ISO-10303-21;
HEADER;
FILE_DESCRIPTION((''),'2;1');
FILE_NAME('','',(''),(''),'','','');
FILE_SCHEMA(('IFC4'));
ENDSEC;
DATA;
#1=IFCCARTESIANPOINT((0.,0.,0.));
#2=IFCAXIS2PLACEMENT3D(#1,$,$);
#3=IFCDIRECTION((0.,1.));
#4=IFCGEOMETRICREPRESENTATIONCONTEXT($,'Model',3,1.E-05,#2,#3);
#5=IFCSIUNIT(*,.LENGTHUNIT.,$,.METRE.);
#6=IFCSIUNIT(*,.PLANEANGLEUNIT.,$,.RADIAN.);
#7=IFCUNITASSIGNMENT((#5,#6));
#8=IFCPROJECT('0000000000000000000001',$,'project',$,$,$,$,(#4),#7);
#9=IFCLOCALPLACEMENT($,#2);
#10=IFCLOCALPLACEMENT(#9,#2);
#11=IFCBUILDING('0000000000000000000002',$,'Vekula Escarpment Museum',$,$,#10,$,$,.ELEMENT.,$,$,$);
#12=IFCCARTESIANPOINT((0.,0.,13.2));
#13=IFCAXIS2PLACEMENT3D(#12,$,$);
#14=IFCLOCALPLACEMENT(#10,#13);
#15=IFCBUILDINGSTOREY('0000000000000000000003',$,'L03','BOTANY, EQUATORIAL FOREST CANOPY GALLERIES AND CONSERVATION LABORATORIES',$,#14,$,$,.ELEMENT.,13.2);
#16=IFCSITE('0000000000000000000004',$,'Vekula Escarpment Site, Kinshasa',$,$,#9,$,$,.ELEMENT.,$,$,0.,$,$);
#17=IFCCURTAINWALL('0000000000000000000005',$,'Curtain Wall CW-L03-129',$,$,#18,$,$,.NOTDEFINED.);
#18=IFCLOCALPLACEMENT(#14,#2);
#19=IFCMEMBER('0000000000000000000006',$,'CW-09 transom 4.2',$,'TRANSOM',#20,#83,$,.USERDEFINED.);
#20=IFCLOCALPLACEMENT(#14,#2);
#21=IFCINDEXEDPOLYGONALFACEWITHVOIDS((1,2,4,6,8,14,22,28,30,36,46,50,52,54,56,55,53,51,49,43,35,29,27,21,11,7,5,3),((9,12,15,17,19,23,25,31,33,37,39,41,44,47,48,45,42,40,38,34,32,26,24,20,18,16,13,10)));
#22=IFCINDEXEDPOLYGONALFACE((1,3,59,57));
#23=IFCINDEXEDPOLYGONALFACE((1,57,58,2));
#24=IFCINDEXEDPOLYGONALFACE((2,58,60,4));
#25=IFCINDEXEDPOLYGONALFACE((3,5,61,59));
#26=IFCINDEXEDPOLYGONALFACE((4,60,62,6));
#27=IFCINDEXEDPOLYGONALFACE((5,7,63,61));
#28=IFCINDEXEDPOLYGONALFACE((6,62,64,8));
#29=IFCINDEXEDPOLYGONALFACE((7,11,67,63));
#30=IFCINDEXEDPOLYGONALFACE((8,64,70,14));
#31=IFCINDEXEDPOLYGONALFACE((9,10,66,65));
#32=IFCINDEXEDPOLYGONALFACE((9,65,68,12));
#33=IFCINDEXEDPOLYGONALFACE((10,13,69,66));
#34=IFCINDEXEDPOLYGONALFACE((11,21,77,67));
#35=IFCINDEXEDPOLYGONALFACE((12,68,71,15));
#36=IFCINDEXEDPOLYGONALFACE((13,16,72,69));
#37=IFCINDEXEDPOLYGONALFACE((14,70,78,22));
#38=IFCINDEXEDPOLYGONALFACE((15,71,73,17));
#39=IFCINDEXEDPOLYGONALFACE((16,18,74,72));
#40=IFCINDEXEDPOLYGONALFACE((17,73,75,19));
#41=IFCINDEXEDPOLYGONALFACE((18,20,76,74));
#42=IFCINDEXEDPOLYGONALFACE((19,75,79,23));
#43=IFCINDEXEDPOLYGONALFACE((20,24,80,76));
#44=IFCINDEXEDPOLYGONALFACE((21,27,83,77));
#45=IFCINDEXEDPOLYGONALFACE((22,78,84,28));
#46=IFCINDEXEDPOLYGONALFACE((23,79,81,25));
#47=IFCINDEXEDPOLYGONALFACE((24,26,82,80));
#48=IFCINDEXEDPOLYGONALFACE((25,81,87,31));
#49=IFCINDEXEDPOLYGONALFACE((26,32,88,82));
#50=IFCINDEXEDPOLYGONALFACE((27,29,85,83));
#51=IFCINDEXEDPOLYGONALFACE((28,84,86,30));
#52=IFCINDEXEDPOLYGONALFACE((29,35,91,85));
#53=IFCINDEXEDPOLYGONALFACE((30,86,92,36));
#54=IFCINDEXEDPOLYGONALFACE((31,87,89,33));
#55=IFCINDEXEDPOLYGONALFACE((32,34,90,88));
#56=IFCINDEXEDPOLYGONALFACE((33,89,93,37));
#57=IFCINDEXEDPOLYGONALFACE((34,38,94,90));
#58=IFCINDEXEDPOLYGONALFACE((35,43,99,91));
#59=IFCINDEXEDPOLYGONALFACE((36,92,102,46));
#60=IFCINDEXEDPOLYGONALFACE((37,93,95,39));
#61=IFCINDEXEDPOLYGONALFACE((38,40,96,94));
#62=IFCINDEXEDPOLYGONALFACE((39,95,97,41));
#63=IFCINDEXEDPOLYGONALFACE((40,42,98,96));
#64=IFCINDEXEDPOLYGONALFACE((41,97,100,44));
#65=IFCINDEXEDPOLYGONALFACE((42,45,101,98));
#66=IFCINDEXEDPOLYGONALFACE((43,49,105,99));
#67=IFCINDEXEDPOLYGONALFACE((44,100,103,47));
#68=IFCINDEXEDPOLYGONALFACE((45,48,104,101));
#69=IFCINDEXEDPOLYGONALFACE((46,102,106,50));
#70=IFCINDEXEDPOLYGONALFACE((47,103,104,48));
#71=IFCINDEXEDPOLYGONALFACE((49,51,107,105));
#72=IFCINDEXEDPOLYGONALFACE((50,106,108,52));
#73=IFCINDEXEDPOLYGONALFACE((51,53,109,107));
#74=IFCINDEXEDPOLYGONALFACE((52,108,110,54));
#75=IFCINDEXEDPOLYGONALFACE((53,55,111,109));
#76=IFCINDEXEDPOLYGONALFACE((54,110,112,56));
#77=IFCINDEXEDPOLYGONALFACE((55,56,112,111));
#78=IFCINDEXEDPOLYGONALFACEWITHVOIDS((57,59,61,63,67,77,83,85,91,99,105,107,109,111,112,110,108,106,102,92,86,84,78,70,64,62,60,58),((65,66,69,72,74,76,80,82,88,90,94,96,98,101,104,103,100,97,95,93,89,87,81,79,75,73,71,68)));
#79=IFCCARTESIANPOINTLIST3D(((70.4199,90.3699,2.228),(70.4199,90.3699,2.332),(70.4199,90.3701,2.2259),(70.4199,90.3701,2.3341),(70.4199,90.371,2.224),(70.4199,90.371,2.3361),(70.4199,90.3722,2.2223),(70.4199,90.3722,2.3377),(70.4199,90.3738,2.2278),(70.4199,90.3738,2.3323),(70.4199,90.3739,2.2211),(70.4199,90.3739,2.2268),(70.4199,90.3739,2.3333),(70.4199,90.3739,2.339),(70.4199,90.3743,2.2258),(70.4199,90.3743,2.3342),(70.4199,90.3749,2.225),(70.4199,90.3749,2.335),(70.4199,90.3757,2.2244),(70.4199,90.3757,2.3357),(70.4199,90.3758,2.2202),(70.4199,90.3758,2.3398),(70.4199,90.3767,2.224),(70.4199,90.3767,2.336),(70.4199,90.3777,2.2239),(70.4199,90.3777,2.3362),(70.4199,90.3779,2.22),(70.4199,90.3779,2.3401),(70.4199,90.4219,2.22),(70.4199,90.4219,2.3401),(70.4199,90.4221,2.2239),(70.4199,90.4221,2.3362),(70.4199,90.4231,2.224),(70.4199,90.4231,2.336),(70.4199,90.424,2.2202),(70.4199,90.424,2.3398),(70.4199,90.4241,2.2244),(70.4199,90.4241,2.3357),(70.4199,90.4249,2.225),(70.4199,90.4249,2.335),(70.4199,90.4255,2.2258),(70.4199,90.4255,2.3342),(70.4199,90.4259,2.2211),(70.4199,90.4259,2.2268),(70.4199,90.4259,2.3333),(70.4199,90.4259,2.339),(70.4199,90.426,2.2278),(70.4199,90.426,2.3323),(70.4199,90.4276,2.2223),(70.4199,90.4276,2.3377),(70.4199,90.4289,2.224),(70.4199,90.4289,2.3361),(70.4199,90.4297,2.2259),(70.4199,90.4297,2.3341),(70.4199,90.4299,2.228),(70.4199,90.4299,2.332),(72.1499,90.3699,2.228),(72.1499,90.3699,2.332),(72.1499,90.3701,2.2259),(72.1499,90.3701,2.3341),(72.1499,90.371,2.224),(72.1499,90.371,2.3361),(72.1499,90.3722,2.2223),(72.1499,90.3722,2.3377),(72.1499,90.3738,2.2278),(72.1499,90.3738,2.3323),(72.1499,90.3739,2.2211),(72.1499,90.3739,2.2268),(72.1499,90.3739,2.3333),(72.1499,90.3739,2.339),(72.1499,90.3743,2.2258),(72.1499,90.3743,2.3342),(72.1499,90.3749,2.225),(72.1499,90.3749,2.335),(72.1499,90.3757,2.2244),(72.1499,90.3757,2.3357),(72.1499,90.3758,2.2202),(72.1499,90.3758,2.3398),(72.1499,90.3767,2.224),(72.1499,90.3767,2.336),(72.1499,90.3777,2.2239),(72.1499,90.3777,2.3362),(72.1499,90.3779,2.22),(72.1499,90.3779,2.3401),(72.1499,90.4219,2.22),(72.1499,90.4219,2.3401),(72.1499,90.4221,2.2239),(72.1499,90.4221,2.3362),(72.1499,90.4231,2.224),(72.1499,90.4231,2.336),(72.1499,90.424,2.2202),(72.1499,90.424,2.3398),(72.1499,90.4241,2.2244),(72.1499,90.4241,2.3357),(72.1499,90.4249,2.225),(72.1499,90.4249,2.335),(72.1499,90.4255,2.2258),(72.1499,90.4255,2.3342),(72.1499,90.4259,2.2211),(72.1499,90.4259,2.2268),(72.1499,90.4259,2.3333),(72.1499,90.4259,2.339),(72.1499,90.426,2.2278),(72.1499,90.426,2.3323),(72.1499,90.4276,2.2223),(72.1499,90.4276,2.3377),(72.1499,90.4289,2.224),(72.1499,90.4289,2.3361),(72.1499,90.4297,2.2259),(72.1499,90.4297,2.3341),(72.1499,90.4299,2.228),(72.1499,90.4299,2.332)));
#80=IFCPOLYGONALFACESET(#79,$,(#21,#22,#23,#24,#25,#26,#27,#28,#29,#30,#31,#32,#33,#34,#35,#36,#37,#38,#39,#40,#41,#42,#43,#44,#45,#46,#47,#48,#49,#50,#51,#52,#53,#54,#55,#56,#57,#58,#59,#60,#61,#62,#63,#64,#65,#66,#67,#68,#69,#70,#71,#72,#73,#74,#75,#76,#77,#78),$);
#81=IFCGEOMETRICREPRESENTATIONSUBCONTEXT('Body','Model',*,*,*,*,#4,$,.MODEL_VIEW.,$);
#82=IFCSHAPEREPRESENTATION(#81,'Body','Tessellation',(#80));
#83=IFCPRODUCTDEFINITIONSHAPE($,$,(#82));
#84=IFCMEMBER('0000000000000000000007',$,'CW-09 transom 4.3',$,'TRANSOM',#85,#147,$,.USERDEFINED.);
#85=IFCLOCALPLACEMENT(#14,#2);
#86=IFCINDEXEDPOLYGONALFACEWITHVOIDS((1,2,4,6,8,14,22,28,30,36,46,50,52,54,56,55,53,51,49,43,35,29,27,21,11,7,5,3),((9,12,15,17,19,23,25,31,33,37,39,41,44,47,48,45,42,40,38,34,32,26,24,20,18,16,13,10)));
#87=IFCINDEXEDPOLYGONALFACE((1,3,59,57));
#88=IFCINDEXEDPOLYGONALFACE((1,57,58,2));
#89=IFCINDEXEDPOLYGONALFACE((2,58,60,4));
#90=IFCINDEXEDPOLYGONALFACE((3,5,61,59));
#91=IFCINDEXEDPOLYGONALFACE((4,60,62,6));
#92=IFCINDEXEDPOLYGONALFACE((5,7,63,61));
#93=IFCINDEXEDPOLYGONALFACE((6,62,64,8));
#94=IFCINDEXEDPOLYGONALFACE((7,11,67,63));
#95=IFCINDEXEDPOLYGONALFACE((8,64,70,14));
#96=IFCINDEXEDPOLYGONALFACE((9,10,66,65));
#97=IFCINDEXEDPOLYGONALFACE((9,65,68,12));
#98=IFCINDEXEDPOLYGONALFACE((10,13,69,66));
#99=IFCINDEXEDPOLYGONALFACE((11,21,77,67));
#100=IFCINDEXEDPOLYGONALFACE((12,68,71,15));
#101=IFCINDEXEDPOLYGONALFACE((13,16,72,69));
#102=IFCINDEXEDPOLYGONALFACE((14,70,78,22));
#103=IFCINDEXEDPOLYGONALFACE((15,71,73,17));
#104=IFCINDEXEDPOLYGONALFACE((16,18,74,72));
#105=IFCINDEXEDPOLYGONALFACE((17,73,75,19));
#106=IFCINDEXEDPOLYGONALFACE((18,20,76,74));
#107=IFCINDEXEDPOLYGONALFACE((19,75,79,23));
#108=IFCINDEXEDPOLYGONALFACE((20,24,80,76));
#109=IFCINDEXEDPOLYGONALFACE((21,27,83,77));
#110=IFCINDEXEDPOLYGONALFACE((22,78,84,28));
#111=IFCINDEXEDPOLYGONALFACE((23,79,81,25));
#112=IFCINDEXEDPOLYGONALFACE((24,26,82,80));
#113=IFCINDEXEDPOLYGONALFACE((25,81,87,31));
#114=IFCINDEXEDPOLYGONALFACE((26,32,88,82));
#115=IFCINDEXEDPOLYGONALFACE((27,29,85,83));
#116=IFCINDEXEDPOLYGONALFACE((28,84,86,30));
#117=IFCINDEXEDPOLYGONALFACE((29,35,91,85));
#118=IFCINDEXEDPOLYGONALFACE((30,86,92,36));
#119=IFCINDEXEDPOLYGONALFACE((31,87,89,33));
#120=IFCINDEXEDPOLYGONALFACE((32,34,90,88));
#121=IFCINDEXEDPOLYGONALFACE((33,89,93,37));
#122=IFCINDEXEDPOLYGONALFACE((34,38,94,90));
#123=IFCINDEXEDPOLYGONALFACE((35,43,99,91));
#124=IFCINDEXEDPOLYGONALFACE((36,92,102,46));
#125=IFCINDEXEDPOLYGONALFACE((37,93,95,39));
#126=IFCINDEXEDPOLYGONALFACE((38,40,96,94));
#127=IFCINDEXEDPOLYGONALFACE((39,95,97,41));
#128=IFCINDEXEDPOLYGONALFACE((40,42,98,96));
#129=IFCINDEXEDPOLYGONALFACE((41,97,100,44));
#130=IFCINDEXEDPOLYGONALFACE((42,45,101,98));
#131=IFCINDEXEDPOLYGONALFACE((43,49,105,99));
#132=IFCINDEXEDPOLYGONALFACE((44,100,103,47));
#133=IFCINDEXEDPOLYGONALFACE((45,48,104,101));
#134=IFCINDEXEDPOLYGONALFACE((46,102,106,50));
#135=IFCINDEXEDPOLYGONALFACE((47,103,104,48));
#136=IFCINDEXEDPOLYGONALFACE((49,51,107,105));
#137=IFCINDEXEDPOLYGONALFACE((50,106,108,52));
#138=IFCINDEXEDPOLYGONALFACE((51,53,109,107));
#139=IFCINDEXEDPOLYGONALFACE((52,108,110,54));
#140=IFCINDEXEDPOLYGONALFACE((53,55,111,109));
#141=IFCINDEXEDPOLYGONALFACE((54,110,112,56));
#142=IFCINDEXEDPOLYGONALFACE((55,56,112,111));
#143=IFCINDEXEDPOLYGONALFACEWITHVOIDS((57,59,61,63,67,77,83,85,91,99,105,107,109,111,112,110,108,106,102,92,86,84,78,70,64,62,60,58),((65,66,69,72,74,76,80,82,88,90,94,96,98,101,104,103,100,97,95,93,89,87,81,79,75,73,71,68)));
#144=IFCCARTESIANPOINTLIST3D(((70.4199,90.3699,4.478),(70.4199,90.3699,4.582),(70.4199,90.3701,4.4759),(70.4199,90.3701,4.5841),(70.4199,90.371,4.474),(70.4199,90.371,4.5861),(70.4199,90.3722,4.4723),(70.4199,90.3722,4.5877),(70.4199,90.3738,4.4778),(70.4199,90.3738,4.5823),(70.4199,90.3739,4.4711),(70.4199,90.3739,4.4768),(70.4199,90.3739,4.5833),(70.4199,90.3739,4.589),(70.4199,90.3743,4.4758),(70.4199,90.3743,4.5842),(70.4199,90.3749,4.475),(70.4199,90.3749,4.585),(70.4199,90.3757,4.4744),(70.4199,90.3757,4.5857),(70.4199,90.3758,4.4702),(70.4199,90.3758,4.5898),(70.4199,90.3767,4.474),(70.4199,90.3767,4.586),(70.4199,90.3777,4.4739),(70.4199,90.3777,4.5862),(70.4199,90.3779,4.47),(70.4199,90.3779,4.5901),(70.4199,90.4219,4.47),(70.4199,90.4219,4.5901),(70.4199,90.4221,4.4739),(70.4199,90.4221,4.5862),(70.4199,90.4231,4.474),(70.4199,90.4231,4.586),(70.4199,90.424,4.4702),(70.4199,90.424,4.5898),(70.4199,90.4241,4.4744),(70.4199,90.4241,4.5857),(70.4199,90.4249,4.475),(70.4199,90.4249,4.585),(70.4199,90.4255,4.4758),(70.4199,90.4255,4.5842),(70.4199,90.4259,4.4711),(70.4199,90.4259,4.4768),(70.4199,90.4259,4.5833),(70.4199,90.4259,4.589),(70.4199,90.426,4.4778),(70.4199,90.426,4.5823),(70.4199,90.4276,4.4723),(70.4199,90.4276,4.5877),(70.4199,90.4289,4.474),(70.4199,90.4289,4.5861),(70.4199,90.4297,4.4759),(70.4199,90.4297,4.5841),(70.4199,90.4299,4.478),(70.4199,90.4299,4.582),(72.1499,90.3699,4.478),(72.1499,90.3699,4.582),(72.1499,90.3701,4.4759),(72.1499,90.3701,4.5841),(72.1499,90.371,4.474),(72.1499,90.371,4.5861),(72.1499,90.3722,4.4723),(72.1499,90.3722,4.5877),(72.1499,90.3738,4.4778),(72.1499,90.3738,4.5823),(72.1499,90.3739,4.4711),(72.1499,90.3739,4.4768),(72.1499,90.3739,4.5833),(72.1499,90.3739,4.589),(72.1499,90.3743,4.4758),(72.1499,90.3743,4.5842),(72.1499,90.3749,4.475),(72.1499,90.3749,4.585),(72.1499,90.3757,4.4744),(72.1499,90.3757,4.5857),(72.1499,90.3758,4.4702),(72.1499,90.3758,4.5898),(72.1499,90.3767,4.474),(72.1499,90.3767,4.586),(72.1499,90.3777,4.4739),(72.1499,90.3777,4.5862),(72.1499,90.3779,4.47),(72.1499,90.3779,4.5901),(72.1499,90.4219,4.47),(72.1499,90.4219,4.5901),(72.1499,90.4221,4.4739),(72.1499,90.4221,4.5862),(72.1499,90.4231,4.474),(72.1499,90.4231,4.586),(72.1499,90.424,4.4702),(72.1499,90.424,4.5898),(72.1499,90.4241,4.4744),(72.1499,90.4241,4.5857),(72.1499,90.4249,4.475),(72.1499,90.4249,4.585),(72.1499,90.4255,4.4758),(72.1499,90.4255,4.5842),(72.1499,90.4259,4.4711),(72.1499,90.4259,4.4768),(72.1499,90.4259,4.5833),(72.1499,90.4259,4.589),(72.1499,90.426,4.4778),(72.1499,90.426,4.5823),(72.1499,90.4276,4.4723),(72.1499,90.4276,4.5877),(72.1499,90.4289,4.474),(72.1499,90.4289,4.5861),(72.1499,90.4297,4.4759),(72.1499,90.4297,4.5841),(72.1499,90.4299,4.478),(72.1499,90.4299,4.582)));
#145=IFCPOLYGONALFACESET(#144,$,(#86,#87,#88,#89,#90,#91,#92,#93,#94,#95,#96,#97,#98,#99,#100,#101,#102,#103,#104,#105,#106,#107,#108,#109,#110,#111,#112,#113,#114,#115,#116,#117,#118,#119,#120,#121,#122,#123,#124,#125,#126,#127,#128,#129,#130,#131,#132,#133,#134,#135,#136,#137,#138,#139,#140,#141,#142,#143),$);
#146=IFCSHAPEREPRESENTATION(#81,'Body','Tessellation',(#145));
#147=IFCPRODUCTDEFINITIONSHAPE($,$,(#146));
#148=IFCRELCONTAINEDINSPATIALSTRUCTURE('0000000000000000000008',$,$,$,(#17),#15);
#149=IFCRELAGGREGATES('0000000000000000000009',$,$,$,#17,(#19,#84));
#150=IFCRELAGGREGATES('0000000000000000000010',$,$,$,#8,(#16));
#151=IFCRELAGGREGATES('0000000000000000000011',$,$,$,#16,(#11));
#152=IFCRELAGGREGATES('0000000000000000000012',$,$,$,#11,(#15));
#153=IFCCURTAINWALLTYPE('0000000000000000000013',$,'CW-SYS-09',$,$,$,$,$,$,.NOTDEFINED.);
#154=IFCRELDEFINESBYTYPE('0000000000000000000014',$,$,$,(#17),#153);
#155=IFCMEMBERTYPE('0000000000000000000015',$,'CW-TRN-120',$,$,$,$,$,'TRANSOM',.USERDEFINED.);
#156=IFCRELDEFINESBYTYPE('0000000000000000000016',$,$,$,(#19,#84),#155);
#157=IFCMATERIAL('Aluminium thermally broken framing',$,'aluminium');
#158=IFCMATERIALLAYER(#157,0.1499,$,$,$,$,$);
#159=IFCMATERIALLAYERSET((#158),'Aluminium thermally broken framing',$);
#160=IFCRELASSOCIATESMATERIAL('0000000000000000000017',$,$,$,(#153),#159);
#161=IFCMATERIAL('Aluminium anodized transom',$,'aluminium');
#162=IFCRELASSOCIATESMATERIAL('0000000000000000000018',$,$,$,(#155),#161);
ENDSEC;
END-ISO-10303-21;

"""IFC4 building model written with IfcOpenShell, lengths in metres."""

from ifc_helpers import new_model, si_unit, direction, frame, origin, origin_2d, place, context, subcontext, project, spatial, hollow_rectangle, extrude, material, layer, layer_set, material_profile, profile_set, type_object, element, aggregate, save


model = new_model("IFC4")

# Units and contexts
model_context = context("Model", 3, precision=1e-05, world=origin(), true_north=direction((0.0, 1.0)))
body_context = subcontext(model_context, "Body", "Model", "MODEL_VIEW")
ifc_project = project(units=[si_unit("LENGTHUNIT", "METRE"), si_unit("PLANEANGLEUNIT", "RADIAN")], contexts=[model_context])

# Site, building, storey
site_placement = place(None, origin())
site = spatial("IfcSite", under=ifc_project, at=site_placement, Name="Vekula Escarpment Site, Kinshasa", CompositionType="ELEMENT", RefElevation=0.0)
building_placement = place(site_placement, origin())
building = spatial("IfcBuilding", under=site, at=building_placement, Name="Vekula Escarpment Museum", CompositionType="ELEMENT")
storey_placement = place(building_placement, frame((0.0, 0.0, 13.2)))
storey = spatial("IfcBuildingStorey", under=building, at=storey_placement, Name="L03", Description="BOTANY, EQUATORIAL FOREST CANOPY GALLERIES AND CONSERVATION LABORATORIES", CompositionType="ELEMENT", Elevation=13.2)

# Curtain wall
ifc_material_1 = material(Name="Aluminium thermally broken framing", Category="aluminium")
ifc_layer_1 = layer(ifc_material_1, 0.1499)
ifc_layer_set_1 = layer_set([ifc_layer_1], Name="Aluminium thermally broken framing")
curtain_wall_type_1 = type_object("IfcCurtainWallType", Name="CW-SYS-09", PredefinedType="NOTDEFINED", material=ifc_layer_set_1)
curtain_wall_1_placement = place(storey_placement, origin())
curtain_wall_1 = element("IfcCurtainWall", 1, at=curtain_wall_1_placement, inside=storey, type_object=curtain_wall_type_1, Name="Curtain Wall CW-L03-129", PredefinedType="NOTDEFINED")

# Members
ifc_material_2 = material(Name="Aluminium anodized transom", Category="aluminium")
ifc_material_profile_1 = material_profile(ifc_material_2, hollow_rectangle(XDim=0.0601, YDim=0.1201, WallThickness=0.0039, InnerFilletRadius=0.0039, OuterFilletRadius=0.0081, at=origin_2d()), Name="ALU 120x60x4")
ifc_profile_set_1 = profile_set([ifc_material_profile_1], Name="Aluminium anodized transom")
member_type_1 = type_object("IfcMemberType", Name="CW-TRN-120", ElementType="TRANSOM", PredefinedType="USERDEFINED", material=ifc_profile_set_1)
member_1_placement = place(storey_placement, frame((72.1499, 90.3999, 2.28), z_axis=(-1.0, 0.0, 0.0), x_axis=(0.0, -1.0, 0.0)))
member_1 = element("IfcMember", 2, at=member_1_placement, type_object=member_type_1, Name="CW-09 transom 4.2", ObjectType="TRANSOM", PredefinedType="USERDEFINED", context=body_context, shape_type="SweptSolid", body=[
    extrude(hollow_rectangle(XDim=0.0601, YDim=0.1201, WallThickness=0.0039, InnerFilletRadius=0.0039, OuterFilletRadius=0.0081, at=origin_2d()), origin(), (0.0, 0.0, 1.0), 1.73),
])
member_2_placement = place(storey_placement, frame((72.1499, 90.3999, 4.53), z_axis=(-1.0, 0.0, 0.0), x_axis=(0.0, -1.0, 0.0)))
member_2 = element("IfcMember", 3, at=member_2_placement, type_object=member_type_1, Name="CW-09 transom 4.3", ObjectType="TRANSOM", PredefinedType="USERDEFINED", context=body_context, shape_type="SweptSolid", body=[
    extrude(hollow_rectangle(XDim=0.0601, YDim=0.1201, WallThickness=0.0039, InnerFilletRadius=0.0039, OuterFilletRadius=0.0081, at=origin_2d()), origin(), (0.0, 0.0, 1.0), 1.73),
])

aggregate(curtain_wall_1, [member_1, member_2])

save(model, "model.ifc")
